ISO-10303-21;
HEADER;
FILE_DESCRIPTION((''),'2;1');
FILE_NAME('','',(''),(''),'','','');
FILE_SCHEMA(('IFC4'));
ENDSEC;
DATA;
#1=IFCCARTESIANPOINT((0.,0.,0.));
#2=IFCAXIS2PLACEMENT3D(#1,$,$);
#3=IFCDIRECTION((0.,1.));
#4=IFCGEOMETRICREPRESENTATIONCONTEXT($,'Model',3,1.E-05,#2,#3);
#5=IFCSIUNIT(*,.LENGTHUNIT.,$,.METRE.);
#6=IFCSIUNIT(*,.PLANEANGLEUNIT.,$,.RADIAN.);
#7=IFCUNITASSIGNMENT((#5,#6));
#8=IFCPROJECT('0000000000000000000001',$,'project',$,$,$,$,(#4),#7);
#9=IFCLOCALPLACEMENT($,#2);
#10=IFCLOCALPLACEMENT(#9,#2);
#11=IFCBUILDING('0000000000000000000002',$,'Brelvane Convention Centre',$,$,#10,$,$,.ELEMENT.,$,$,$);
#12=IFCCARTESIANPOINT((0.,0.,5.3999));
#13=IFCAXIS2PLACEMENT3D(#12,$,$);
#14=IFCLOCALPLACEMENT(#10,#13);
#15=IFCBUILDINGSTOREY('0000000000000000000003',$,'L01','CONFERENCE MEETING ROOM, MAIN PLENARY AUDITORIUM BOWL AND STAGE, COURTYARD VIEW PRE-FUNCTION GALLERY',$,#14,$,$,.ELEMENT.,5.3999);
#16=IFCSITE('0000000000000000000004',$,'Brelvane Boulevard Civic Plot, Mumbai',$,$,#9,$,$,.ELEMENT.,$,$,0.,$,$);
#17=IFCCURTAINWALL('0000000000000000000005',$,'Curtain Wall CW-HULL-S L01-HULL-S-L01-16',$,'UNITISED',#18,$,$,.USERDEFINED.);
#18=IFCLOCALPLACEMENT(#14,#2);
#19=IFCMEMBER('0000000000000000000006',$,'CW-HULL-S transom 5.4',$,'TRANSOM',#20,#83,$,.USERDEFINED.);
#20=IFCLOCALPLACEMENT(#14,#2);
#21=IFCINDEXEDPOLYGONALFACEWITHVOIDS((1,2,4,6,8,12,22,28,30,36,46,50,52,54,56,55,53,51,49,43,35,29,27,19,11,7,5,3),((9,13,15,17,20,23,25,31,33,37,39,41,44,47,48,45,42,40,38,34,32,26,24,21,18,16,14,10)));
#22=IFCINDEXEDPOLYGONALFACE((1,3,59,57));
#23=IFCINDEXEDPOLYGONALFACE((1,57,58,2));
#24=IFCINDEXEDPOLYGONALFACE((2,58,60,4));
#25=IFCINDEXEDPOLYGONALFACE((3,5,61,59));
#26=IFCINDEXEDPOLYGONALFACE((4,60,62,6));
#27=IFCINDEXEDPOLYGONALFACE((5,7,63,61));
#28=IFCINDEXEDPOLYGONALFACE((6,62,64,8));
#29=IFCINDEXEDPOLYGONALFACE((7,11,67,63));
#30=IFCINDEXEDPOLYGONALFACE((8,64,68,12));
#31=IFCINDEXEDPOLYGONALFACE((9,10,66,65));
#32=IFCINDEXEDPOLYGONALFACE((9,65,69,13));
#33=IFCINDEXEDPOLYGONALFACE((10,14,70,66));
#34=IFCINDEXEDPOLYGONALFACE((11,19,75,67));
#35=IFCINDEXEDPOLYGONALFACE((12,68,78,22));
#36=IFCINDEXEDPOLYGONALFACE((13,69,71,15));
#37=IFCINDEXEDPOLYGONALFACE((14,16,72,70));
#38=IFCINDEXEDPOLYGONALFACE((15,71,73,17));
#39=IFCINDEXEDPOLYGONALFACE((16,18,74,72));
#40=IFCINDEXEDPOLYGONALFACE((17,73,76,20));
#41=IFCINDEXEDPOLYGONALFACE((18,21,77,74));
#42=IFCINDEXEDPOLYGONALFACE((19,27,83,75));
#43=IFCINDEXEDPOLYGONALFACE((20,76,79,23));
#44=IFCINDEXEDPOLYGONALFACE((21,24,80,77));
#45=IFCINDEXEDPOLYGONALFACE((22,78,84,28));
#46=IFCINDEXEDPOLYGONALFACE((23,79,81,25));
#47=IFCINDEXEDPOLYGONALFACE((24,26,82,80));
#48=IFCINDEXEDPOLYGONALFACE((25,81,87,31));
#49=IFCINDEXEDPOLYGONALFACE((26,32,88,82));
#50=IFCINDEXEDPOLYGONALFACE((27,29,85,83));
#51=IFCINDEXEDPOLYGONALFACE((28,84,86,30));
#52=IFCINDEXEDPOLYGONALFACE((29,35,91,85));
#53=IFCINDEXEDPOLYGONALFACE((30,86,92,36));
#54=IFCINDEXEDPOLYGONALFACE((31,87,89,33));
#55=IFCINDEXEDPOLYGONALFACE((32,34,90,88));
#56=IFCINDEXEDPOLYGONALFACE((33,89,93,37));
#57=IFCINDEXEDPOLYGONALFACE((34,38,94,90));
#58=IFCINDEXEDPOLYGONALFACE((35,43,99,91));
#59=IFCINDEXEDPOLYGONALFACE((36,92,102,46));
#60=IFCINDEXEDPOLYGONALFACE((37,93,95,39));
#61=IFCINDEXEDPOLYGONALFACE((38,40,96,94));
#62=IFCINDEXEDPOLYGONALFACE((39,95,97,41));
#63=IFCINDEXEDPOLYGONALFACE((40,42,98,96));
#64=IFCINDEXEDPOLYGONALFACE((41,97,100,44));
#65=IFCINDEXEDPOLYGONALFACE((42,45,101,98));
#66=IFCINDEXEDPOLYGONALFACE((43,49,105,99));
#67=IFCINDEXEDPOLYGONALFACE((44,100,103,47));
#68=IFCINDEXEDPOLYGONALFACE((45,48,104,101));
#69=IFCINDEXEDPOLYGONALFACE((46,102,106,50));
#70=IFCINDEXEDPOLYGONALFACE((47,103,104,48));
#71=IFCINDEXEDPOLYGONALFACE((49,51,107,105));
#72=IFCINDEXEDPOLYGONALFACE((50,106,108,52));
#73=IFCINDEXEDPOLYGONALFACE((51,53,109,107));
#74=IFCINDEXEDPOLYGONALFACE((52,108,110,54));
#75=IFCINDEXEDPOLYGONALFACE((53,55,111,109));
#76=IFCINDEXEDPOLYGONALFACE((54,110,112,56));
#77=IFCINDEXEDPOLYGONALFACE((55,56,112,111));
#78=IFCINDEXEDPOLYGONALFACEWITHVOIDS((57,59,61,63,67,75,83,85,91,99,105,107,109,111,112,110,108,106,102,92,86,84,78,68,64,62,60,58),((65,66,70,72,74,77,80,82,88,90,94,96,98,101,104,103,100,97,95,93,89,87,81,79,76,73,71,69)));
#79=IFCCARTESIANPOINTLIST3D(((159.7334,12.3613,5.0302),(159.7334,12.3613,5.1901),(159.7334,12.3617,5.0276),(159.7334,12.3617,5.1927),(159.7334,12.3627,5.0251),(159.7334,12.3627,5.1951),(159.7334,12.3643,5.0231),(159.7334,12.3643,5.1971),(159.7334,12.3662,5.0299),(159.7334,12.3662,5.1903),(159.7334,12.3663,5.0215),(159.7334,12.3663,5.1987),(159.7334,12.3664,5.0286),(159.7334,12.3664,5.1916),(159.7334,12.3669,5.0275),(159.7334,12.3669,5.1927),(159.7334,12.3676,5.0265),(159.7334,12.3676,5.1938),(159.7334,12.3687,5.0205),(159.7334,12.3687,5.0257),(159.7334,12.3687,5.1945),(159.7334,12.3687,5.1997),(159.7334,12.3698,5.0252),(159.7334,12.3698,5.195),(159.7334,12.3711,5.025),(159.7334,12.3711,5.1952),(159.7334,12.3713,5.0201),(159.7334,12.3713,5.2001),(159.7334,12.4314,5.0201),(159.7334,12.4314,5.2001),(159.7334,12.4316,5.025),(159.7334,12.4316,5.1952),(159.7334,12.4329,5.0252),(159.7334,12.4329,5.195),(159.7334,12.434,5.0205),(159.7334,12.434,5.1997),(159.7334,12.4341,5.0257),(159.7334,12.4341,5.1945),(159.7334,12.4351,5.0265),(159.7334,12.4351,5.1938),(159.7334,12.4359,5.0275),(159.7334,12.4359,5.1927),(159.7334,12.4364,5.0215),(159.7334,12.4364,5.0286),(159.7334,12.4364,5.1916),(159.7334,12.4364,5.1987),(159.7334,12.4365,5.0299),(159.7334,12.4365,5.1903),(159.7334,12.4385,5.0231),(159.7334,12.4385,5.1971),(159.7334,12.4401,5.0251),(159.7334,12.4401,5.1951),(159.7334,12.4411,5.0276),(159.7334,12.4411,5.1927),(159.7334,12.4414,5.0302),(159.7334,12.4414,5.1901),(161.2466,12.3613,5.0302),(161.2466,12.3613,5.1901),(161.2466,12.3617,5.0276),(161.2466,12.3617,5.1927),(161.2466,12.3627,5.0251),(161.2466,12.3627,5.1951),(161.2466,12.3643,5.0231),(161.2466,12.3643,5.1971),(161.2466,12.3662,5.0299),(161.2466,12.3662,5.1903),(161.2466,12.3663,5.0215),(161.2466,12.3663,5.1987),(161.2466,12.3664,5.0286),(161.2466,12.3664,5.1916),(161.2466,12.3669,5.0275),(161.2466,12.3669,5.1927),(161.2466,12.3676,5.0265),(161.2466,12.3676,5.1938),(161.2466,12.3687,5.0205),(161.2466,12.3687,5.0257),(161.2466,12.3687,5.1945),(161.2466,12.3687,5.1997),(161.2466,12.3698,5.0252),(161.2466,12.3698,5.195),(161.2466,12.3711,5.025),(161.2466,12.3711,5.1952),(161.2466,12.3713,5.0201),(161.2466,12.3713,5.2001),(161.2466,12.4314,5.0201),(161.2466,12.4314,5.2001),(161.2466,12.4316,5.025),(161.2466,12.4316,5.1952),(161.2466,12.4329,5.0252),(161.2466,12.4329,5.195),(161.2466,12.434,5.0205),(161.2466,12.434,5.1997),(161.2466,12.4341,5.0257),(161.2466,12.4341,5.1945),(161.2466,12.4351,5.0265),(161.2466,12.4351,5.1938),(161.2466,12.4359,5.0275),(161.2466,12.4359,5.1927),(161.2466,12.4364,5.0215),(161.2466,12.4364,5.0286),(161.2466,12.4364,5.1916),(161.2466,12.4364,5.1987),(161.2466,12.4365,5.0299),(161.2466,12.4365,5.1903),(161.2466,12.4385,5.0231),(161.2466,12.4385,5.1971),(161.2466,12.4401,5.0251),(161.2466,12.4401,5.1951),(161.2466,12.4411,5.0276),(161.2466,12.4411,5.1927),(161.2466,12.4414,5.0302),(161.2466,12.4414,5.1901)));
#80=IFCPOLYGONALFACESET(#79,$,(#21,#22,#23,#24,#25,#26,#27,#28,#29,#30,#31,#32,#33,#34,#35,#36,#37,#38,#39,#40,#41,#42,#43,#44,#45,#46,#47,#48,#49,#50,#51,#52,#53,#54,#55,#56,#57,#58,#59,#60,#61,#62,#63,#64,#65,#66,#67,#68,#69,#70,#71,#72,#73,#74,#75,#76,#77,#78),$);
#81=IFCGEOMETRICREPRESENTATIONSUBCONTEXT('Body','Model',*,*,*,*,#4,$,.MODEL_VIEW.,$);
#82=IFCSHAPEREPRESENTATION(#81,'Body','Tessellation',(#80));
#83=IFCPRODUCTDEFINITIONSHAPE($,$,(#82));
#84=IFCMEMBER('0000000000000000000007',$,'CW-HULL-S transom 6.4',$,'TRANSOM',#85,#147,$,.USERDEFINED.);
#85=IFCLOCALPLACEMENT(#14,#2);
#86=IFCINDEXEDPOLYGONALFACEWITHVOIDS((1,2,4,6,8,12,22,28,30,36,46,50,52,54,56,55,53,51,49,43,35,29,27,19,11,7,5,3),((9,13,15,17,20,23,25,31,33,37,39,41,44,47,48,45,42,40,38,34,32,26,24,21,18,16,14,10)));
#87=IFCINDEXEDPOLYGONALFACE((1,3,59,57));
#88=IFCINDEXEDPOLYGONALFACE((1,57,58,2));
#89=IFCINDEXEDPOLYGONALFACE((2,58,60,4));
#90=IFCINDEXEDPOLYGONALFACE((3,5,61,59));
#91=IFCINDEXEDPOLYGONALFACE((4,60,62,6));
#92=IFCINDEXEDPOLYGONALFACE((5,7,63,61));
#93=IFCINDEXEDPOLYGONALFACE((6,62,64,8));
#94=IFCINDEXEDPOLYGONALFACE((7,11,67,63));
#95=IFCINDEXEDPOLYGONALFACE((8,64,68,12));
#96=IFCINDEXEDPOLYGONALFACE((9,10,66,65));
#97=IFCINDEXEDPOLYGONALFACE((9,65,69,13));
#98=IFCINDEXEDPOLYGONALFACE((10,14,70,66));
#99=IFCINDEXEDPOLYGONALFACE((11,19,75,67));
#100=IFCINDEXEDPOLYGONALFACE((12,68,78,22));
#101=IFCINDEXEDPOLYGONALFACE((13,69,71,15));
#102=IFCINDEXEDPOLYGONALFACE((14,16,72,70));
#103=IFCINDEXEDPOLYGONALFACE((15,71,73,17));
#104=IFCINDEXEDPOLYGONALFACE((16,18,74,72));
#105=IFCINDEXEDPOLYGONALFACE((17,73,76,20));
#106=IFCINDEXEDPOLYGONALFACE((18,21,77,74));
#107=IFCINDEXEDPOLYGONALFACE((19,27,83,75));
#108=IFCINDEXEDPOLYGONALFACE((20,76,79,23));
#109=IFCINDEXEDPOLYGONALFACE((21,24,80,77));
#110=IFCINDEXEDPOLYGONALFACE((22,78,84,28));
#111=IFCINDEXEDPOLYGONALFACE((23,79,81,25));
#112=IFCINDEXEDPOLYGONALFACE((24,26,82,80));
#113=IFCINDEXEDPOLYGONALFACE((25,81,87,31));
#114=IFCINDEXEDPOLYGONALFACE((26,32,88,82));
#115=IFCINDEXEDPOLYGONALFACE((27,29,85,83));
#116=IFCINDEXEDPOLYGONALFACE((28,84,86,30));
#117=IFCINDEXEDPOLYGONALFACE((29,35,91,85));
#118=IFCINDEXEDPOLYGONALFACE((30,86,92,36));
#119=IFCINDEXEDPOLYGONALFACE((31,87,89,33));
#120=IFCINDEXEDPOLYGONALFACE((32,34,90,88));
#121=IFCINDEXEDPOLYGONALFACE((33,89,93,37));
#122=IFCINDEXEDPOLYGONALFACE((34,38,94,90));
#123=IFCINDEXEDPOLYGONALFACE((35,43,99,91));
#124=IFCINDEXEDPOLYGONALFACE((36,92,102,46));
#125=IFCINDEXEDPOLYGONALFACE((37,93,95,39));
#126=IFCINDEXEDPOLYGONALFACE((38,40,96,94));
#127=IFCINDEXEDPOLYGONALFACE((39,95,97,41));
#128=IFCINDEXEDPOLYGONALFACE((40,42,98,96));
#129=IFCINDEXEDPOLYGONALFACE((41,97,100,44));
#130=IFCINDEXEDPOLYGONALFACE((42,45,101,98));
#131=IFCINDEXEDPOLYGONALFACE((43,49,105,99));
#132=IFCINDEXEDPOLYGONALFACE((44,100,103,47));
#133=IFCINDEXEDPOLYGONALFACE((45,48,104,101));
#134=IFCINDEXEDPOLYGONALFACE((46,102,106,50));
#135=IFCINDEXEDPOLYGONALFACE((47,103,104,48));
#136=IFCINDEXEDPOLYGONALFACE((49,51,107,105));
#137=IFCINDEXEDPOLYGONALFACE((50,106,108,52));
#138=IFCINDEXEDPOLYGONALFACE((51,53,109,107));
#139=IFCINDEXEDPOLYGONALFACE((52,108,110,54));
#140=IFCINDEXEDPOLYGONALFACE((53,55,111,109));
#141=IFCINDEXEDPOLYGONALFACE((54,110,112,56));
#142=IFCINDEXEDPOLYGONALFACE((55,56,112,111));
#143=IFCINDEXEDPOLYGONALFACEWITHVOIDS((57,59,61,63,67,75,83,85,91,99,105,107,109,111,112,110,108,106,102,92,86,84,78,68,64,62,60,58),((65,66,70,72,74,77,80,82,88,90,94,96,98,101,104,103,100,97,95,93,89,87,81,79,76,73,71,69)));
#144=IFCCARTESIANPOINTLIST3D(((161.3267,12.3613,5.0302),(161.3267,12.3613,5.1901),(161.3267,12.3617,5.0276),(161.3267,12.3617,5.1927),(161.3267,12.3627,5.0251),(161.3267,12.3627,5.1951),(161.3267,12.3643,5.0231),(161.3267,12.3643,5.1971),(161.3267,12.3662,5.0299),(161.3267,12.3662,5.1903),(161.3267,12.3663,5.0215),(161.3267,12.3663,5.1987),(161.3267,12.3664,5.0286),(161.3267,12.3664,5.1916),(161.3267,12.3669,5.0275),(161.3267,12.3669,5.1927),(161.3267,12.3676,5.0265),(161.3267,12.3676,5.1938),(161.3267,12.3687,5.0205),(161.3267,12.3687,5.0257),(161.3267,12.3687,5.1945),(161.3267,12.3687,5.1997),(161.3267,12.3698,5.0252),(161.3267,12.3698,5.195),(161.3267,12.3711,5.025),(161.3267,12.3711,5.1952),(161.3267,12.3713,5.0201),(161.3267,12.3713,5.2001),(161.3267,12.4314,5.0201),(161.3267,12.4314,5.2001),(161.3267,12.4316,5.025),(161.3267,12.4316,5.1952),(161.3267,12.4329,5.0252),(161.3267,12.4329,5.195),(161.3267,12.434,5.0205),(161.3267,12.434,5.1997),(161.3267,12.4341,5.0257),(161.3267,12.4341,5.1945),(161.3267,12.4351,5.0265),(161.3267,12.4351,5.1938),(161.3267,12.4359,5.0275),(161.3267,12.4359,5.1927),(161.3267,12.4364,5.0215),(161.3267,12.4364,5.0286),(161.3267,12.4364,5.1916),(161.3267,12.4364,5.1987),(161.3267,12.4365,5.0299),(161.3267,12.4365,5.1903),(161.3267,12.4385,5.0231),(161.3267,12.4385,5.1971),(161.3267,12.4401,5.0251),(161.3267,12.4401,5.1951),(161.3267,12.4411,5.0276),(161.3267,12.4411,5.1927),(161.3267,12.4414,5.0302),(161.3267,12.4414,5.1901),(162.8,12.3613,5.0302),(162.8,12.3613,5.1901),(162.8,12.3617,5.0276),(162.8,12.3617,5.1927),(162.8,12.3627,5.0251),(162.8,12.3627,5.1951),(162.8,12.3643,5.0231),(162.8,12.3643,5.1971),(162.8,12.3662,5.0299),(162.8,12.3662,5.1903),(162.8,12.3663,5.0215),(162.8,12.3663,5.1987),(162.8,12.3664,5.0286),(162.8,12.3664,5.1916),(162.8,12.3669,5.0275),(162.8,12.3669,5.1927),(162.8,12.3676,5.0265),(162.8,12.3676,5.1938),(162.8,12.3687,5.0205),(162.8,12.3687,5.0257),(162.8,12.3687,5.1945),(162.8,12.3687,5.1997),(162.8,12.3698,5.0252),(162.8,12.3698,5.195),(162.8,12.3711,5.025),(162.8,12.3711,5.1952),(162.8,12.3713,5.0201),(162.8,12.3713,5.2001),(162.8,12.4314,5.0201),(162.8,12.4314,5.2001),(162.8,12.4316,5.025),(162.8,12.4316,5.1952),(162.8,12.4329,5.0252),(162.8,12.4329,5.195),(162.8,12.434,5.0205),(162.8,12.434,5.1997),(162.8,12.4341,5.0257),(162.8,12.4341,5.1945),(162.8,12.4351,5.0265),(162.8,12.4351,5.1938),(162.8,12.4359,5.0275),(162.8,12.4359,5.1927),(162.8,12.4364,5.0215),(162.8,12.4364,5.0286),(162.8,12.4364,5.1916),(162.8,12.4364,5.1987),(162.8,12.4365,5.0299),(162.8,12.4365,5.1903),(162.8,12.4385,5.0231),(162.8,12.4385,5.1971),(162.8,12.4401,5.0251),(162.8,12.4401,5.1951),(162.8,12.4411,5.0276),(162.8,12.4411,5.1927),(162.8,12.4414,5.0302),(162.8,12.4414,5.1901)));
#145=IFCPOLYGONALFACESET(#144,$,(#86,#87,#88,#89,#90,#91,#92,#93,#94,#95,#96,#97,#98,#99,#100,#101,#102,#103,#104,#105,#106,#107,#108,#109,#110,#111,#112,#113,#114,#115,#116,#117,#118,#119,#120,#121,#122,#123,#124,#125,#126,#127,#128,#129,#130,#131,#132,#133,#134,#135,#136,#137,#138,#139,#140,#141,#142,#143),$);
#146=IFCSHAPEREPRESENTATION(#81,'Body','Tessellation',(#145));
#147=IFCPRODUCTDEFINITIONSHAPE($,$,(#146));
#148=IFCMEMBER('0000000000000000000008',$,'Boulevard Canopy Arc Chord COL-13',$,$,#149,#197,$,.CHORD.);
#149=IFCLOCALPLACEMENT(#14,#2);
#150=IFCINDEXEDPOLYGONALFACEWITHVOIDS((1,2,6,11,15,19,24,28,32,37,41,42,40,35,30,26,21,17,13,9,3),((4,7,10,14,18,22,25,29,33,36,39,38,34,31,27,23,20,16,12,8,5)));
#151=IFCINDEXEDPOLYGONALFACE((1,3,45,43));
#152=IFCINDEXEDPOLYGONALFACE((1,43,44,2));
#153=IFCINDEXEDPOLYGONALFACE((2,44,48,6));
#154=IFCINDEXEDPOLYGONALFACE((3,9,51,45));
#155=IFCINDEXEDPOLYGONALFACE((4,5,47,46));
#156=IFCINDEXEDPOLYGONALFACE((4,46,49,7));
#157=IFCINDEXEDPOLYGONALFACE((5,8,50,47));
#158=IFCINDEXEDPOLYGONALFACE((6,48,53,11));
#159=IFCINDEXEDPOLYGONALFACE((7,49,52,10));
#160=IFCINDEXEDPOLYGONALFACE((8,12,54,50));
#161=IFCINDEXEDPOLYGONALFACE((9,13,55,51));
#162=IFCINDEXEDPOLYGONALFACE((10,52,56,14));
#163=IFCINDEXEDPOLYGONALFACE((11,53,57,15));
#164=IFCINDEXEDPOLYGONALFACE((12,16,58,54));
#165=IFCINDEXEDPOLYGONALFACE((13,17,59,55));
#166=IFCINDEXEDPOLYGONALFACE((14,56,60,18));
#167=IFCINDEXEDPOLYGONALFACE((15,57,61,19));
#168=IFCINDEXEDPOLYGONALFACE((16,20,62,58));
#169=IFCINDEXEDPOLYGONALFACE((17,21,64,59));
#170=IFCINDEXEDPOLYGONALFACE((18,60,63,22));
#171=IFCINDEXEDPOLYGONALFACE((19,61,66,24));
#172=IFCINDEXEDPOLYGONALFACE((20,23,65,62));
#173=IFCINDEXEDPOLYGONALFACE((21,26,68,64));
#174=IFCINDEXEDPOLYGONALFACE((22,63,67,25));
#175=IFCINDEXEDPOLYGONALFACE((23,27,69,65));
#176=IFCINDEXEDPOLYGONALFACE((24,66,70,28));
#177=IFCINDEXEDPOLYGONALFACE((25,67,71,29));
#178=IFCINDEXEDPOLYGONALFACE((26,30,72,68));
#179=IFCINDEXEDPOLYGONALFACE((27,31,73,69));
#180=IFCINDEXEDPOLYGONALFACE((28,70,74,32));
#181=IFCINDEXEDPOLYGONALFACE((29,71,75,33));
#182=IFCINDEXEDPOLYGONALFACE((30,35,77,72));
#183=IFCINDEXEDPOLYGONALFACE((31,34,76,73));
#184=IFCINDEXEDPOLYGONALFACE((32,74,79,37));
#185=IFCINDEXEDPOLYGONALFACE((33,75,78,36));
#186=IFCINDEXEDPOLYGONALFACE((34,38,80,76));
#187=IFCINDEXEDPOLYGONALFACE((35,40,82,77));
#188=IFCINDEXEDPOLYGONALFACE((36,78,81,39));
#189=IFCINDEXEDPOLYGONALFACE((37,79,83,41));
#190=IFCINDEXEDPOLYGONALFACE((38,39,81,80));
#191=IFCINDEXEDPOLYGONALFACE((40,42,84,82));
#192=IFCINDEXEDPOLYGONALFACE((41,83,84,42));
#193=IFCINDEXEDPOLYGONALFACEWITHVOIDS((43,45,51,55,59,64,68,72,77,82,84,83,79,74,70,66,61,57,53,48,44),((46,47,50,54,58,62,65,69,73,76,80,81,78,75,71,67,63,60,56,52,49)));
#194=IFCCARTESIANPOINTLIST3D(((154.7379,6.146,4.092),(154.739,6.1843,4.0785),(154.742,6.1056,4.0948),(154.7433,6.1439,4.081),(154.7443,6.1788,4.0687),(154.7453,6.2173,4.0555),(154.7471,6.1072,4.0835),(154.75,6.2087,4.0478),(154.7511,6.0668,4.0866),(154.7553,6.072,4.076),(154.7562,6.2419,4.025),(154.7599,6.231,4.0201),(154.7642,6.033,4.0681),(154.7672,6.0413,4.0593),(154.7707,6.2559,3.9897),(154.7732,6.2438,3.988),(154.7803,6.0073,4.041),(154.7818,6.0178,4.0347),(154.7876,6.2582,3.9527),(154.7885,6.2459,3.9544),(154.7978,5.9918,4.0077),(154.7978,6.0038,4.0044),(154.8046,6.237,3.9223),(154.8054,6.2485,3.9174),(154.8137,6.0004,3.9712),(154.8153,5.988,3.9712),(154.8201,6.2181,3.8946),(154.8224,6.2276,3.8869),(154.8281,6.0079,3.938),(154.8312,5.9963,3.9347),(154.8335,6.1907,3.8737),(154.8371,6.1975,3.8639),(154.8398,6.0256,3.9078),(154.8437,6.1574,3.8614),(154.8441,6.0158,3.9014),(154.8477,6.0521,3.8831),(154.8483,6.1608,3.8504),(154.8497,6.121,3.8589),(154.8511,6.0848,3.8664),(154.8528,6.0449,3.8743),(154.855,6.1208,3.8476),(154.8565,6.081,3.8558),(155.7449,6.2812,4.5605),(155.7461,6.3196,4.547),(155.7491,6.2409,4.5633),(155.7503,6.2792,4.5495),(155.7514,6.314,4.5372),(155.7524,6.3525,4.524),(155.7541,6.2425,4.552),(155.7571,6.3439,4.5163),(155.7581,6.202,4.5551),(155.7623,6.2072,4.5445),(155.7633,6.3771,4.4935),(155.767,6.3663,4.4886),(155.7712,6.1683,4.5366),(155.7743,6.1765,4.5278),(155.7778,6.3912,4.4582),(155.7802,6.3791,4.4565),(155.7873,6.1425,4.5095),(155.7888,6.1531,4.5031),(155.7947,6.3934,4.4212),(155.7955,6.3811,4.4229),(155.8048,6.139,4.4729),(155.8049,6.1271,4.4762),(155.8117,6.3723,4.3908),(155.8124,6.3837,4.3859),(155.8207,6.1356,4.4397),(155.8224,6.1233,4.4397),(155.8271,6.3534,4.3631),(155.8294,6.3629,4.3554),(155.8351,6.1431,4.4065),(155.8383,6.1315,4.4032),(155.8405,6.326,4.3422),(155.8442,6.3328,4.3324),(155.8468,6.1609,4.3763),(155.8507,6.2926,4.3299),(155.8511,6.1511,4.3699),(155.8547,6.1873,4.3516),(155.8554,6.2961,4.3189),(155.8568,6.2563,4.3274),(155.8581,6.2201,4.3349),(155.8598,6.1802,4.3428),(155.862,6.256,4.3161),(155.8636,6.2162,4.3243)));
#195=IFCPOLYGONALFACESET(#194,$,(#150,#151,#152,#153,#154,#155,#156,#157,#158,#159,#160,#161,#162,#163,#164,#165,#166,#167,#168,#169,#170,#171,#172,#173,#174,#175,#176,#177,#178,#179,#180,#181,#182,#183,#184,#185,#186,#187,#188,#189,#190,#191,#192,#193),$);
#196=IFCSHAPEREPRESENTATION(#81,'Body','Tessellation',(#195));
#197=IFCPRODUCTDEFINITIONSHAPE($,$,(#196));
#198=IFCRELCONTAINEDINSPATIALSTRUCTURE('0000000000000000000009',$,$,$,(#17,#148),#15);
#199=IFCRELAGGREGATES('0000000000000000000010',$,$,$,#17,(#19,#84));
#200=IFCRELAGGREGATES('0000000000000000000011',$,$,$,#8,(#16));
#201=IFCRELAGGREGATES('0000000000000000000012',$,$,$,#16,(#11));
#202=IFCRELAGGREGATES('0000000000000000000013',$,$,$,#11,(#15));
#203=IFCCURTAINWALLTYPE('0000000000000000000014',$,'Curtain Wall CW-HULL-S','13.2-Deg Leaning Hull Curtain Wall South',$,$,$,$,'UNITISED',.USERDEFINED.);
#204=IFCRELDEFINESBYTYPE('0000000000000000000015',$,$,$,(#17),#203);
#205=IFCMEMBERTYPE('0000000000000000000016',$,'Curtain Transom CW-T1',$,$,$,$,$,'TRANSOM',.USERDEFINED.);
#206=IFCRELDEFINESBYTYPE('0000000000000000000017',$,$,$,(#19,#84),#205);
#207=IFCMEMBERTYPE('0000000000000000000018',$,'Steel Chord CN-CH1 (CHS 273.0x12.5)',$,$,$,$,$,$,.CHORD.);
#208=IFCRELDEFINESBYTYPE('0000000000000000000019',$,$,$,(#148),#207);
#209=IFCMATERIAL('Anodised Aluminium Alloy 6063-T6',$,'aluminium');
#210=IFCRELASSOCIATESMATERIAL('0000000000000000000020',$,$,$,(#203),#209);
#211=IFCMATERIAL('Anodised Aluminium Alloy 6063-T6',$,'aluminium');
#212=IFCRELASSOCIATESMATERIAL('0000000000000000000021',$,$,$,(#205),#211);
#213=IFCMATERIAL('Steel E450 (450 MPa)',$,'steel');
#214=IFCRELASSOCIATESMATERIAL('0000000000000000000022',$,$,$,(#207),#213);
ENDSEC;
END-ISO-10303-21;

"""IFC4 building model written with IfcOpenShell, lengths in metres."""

from ifc_helpers import new_model, si_unit, direction, frame, origin, origin_2d, place, context, subcontext, project, spatial, hollow_rectangle, hollow_circle, extrude, material, material_profile, profile_set, type_object, element, aggregate, save


model = new_model("IFC4")

# Units and contexts
model_context = context("Model", 3, precision=1e-05, world=origin(), true_north=direction((0.0, 1.0)))
body_context = subcontext(model_context, "Body", "Model", "MODEL_VIEW")
ifc_project = project(units=[si_unit("LENGTHUNIT", "METRE"), si_unit("PLANEANGLEUNIT", "RADIAN")], contexts=[model_context])

# Site, building, storey
site_placement = place(None, origin())
site = spatial("IfcSite", under=ifc_project, at=site_placement, Name="Brelvane Boulevard Civic Plot, Mumbai", CompositionType="ELEMENT", RefElevation=0.0)
building_placement = place(site_placement, origin())
building = spatial("IfcBuilding", under=site, at=building_placement, Name="Brelvane Convention Centre", CompositionType="ELEMENT")
storey_placement = place(building_placement, frame((0.0, 0.0, 5.3999)))
storey = spatial("IfcBuildingStorey", under=building, at=storey_placement, Name="L01", Description="CONFERENCE MEETING ROOM, MAIN PLENARY AUDITORIUM BOWL AND STAGE, COURTYARD VIEW PRE-FUNCTION GALLERY", CompositionType="ELEMENT", Elevation=5.3999)

# Curtain wall, members
ifc_material_1 = material(Name="Anodised Aluminium Alloy 6063-T6", Category="aluminium")
curtain_wall_type = type_object("IfcCurtainWallType", Name="Curtain Wall CW-HULL-S", Description="13.2-Deg Leaning Hull Curtain Wall South", ElementType="UNITISED", PredefinedType="USERDEFINED", material=ifc_material_1)
curtain_wall_placement = place(storey_placement, origin())
curtain_wall = element("IfcCurtainWall", 1, at=curtain_wall_placement, inside=storey, type_object=curtain_wall_type, Name="Curtain Wall CW-HULL-S L01-HULL-S-L01-16", ObjectType="UNITISED", PredefinedType="USERDEFINED")
ifc_material_2 = material(Name="Anodised Aluminium Alloy 6063-T6", Category="aluminium")
ifc_material_profile_1 = material_profile(ifc_material_2, hollow_rectangle(XDim=0.0801, YDim=0.1799, WallThickness=0.0049, InnerFilletRadius=0.0049, OuterFilletRadius=0.01, at=origin_2d()), Name="ALU-T 180x80x5.0")
ifc_profile_set_1 = profile_set([ifc_material_profile_1], Name="Anodised Aluminium Alloy 6063-T6")
member_type_1 = type_object("IfcMemberType", Name="Curtain Transom CW-T1", ElementType="TRANSOM", PredefinedType="USERDEFINED", material=ifc_profile_set_1)
member_1_placement = place(storey_placement, frame((159.7334, 12.4014, 5.1101), z_axis=(1.0, 0.0, 0.0), x_axis=(0.0, 1.0, 0.0)))
member_1 = element("IfcMember", 2, at=member_1_placement, type_object=member_type_1, Name="CW-HULL-S transom 5.4", ObjectType="TRANSOM", PredefinedType="USERDEFINED", context=body_context, shape_type="SweptSolid", body=[
    extrude(hollow_rectangle(XDim=0.0801, YDim=0.1799, WallThickness=0.0049, InnerFilletRadius=0.0049, OuterFilletRadius=0.01, at=origin_2d()), origin(), (0.0, 0.0, 1.0), 1.5132),
])
member_2_placement = place(storey_placement, frame((161.3267, 12.4014, 5.1101), z_axis=(1.0, 0.0, 0.0), x_axis=(0.0, 1.0, 0.0)))
member_2 = element("IfcMember", 3, at=member_2_placement, type_object=member_type_1, Name="CW-HULL-S transom 6.4", ObjectType="TRANSOM", PredefinedType="USERDEFINED", context=body_context, shape_type="SweptSolid", body=[
    extrude(hollow_rectangle(XDim=0.0801, YDim=0.1799, WallThickness=0.0049, InnerFilletRadius=0.0049, OuterFilletRadius=0.01, at=origin_2d()), origin(), (0.0, 0.0, 1.0), 1.4734),
])

# Member
ifc_material_3 = material(Name="Steel E450 (450 MPa)", Category="steel")
ifc_material_profile_2 = material_profile(ifc_material_3, hollow_circle(Radius=0.1365, WallThickness=0.0125, at=origin_2d()), Name="CHS 273.0x12.5")
ifc_profile_set_2 = profile_set([ifc_material_profile_2], Name="Steel E450 (450 MPa)")
member_type_2 = type_object("IfcMemberType", Name="Steel Chord CN-CH1 (CHS 273.0x12.5)", PredefinedType="CHORD", material=ifc_profile_set_2)
member_3_placement = place(storey_placement, frame((155.8042, 6.2585, 4.4397), z_axis=(-0.900039, -0.120878, -0.418709), x_axis=(0.133108, -0.991102, 0.0)))
element("IfcMember", 4, at=member_3_placement, inside=storey, type_object=member_type_2, Name="Boulevard Canopy Arc Chord COL-13", PredefinedType="CHORD", context=body_context, shape_type="SweptSolid", body=[
    extrude(hollow_circle(Radius=0.1365, WallThickness=0.0125, at=origin_2d()), origin(), (0.0, 0.0, 1.0), 1.1189),
])

aggregate(curtain_wall, [member_1, member_2])

save(model, "model.ifc")
